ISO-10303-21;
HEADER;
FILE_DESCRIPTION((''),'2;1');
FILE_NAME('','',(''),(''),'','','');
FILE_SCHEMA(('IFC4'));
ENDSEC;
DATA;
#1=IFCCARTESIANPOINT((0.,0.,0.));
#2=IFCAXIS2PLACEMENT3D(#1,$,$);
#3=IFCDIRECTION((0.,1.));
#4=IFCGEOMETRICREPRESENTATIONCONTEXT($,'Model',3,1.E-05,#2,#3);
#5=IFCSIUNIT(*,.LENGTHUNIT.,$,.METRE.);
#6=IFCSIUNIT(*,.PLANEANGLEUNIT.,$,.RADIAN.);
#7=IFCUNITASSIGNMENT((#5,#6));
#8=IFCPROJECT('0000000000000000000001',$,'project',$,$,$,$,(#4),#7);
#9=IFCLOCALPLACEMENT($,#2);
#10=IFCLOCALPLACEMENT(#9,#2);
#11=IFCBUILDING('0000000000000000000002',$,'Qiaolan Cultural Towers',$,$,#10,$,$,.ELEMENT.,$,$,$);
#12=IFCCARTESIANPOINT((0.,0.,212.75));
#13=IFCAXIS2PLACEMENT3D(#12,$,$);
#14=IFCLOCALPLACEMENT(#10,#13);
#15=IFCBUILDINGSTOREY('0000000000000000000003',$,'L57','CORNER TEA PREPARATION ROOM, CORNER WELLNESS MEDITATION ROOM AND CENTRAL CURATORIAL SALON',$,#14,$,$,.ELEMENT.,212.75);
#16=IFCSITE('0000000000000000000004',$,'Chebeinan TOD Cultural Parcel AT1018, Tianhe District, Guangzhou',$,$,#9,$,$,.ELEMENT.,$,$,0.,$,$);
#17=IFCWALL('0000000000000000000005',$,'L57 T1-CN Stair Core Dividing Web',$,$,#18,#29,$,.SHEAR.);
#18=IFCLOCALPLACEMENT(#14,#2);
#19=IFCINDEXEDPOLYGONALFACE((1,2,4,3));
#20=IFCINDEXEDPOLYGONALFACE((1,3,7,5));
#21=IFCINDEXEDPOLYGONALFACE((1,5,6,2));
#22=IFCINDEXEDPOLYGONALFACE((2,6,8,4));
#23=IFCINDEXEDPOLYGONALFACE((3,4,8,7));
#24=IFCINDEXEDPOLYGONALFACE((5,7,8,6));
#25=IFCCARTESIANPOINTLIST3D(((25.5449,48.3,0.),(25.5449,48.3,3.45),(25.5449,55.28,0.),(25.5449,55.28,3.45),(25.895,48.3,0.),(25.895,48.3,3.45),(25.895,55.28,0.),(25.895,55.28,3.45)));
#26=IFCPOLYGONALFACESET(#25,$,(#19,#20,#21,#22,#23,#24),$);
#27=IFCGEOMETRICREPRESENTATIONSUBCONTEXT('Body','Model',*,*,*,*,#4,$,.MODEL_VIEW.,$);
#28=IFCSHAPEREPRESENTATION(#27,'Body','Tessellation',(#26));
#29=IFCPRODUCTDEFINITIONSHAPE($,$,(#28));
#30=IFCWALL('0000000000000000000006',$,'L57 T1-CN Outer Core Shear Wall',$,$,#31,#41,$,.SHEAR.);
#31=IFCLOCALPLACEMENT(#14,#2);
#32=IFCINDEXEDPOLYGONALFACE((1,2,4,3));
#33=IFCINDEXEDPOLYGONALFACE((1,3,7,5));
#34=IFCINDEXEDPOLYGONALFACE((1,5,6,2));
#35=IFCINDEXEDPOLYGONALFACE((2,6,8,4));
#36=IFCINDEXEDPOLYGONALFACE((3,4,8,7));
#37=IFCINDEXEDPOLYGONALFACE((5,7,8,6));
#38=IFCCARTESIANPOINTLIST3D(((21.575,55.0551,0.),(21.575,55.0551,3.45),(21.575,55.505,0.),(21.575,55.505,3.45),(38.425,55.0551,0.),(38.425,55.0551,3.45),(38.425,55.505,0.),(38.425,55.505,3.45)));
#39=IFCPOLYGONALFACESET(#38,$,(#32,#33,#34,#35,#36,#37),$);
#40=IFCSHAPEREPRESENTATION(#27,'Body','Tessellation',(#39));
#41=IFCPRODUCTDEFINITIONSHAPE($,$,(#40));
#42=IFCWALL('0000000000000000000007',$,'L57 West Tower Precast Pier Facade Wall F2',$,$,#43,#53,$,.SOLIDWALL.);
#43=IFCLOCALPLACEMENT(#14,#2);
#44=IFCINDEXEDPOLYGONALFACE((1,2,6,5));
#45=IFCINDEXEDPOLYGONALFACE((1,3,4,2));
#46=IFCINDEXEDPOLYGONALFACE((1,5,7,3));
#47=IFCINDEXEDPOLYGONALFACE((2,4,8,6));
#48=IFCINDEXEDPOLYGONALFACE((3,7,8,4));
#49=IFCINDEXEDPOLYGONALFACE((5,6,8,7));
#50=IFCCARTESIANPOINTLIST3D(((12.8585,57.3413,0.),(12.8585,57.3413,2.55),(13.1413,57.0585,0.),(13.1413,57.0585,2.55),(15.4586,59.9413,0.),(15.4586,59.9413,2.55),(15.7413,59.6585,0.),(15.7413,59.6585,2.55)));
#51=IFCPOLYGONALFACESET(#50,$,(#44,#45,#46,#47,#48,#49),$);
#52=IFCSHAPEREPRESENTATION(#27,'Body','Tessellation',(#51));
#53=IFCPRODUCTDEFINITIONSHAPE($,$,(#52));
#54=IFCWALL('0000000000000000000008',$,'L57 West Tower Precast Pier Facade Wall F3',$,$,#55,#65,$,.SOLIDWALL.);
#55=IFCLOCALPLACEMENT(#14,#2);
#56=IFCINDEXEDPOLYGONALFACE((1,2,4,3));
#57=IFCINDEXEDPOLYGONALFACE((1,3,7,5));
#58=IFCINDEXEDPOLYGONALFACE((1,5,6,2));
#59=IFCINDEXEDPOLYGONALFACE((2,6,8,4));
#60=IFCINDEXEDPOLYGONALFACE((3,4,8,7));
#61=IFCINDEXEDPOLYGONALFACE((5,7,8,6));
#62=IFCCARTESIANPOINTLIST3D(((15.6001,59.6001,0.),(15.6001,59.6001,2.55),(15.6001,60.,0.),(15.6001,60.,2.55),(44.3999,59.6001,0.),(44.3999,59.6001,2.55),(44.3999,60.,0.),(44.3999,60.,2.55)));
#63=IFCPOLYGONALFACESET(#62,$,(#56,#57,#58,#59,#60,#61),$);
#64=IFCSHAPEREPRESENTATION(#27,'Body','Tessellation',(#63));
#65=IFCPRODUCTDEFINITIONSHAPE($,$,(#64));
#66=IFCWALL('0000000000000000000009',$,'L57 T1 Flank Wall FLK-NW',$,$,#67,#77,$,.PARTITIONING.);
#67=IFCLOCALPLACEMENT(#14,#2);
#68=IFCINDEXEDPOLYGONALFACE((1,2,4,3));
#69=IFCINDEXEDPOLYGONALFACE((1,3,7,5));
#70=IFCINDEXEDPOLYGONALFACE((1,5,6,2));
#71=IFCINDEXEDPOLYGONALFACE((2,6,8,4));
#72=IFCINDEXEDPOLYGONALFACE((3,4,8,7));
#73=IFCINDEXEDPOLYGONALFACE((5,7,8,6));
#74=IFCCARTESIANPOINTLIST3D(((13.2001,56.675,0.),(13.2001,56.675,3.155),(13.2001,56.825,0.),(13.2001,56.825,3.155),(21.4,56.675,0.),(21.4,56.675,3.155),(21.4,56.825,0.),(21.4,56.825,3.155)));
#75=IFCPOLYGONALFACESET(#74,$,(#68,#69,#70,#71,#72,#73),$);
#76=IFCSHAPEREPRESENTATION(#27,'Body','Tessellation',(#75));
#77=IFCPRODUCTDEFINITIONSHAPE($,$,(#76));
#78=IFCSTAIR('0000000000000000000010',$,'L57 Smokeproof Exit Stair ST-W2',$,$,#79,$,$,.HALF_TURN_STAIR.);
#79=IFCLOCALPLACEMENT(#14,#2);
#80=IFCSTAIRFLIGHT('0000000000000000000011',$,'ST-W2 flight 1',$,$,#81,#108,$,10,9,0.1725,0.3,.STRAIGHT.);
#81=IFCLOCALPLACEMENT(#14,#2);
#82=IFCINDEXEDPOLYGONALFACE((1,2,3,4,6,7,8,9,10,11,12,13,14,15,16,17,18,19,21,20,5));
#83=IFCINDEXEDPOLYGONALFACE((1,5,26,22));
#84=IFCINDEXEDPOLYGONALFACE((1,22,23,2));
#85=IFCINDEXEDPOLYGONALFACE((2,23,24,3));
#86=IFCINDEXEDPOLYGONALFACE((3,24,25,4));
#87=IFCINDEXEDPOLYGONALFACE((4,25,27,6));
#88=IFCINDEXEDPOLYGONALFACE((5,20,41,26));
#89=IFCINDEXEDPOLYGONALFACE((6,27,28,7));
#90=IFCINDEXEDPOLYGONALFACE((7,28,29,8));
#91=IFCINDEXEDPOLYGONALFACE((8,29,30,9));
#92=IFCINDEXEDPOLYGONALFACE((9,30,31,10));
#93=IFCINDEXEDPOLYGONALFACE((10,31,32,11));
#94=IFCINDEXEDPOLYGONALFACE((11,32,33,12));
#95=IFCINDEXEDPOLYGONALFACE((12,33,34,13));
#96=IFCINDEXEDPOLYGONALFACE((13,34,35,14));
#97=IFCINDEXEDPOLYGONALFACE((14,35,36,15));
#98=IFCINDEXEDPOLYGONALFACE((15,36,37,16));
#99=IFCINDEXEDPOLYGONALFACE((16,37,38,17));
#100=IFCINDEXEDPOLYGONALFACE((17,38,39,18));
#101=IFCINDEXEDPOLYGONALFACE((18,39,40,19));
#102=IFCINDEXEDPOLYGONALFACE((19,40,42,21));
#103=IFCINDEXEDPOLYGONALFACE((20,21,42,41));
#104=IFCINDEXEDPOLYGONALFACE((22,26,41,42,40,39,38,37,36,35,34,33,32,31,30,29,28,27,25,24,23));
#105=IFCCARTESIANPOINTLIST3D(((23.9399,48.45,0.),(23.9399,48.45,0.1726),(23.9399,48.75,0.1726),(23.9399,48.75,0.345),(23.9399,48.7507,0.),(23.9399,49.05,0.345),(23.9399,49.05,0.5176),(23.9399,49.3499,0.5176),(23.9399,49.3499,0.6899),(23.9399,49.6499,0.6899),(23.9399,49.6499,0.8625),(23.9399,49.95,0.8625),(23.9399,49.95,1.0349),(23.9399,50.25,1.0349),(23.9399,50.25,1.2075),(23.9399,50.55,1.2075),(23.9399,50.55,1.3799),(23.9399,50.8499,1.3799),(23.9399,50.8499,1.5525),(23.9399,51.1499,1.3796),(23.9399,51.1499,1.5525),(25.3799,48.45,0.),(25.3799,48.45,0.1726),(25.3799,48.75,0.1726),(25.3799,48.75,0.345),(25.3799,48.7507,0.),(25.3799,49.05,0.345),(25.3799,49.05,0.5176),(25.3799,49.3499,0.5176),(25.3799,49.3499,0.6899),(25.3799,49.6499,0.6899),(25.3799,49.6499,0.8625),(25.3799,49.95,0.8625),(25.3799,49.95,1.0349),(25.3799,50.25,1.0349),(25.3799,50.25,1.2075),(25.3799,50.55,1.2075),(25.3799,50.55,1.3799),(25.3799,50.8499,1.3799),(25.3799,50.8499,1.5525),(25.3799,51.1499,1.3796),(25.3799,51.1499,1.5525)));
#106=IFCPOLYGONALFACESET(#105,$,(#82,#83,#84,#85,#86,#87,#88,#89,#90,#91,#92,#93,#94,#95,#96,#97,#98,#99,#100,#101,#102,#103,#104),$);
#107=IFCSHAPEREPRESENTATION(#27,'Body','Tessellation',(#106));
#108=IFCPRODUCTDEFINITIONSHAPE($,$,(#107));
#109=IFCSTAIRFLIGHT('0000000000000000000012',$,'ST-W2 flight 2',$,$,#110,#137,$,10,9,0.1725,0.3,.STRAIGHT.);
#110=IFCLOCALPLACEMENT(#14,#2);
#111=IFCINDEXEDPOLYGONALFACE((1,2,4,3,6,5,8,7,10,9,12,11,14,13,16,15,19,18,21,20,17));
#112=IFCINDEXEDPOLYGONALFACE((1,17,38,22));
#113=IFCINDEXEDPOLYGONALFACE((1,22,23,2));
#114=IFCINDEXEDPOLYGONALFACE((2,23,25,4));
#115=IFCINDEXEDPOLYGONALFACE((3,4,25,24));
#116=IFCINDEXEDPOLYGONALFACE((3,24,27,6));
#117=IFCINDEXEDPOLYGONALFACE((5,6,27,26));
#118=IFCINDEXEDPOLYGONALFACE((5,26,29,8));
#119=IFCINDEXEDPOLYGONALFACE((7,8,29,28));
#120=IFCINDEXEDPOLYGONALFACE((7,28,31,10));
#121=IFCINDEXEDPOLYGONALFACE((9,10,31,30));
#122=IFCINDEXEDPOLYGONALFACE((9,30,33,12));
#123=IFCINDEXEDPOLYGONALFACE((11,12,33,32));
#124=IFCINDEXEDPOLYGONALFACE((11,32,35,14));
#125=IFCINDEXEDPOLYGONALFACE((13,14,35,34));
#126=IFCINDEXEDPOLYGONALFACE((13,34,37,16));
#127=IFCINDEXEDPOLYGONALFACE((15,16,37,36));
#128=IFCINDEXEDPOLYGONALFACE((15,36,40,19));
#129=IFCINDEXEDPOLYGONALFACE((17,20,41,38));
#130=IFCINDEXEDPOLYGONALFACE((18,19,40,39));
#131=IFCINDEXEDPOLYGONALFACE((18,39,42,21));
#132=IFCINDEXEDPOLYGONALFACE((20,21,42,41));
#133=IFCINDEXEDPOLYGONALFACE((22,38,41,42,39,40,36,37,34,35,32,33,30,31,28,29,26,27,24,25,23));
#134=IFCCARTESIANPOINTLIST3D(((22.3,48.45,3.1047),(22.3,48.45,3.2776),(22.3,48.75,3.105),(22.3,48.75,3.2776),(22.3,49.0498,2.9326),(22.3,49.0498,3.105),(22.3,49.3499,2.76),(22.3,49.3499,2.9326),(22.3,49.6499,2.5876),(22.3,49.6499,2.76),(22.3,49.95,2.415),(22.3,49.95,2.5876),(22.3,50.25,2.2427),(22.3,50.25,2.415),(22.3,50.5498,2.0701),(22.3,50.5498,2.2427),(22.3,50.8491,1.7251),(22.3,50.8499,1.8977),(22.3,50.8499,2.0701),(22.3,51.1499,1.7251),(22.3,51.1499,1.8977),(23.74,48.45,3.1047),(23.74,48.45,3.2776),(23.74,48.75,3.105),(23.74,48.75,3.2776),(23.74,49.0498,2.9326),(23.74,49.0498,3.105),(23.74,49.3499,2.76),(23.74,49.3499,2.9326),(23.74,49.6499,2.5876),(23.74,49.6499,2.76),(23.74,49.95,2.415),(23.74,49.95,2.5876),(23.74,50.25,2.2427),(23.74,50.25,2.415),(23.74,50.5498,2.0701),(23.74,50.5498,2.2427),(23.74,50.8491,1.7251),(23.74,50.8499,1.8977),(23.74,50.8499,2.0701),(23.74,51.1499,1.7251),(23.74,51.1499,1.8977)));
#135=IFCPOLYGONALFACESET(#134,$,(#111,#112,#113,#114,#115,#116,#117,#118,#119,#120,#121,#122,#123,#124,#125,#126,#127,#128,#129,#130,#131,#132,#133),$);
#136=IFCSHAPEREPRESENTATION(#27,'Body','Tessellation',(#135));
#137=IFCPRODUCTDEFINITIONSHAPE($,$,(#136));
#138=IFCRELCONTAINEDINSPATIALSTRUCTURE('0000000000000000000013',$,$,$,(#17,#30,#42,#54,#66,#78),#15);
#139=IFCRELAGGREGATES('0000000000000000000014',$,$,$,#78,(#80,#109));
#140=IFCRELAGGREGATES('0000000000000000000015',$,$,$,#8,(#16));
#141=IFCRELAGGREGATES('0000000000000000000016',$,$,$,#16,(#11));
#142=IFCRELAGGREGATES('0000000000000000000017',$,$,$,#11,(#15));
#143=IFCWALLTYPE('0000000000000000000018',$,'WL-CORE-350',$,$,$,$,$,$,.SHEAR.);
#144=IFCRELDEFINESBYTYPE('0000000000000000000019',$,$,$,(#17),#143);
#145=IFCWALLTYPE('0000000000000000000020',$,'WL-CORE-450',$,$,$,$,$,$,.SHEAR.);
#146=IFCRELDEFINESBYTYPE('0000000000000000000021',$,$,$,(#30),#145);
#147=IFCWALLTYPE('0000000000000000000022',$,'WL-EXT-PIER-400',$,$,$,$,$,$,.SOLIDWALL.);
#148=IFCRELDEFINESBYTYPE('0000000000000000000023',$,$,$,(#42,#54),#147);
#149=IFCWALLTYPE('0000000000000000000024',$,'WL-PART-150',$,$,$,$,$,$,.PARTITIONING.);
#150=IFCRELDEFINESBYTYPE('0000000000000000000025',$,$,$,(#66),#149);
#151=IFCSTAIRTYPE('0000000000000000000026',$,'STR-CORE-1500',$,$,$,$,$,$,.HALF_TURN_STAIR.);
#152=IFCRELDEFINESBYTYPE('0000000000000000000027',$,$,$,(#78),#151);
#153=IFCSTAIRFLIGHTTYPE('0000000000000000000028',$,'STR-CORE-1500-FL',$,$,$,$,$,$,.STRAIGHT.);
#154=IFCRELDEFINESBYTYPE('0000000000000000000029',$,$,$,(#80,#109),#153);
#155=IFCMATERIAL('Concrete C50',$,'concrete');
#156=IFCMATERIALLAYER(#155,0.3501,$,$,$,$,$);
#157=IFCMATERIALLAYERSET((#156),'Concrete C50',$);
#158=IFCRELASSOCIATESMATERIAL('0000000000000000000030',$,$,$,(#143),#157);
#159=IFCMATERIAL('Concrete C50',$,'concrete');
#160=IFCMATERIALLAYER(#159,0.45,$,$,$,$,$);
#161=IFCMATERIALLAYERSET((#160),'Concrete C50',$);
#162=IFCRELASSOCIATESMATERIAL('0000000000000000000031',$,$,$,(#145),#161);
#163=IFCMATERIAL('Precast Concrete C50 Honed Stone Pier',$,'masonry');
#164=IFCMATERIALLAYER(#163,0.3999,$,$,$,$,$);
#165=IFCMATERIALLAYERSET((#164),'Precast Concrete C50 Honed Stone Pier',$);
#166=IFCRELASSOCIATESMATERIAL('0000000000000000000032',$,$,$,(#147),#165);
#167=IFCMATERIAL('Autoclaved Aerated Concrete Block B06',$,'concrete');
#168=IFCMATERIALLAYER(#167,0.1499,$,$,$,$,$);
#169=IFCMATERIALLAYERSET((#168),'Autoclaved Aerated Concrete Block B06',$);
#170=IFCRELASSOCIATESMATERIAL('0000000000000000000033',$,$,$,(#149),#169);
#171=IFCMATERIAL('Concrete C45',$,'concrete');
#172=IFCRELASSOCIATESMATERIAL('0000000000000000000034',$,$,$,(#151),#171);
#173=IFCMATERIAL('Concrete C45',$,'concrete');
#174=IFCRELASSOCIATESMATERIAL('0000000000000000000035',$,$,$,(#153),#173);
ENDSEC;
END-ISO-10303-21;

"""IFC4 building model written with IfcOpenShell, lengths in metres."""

from ifc_helpers import new_model, si_unit, direction, frame, frame_2d, origin, place, context, subcontext, project, spatial, polyline, rectangle, outline, extrude, material, layer, layer_set, type_object, element, aggregate, save


model = new_model("IFC4")

# Units and contexts
model_context = context("Model", 3, precision=1e-05, world=origin(), true_north=direction((0.0, 1.0)))
body_context = subcontext(model_context, "Body", "Model", "MODEL_VIEW")
ifc_project = project(units=[si_unit("LENGTHUNIT", "METRE"), si_unit("PLANEANGLEUNIT", "RADIAN")], contexts=[model_context])

# Site, building, storey
site_placement = place(None, origin())
site = spatial("IfcSite", under=ifc_project, at=site_placement, Name="Chebeinan TOD Cultural Parcel AT1018, Tianhe District, Guangzhou", CompositionType="ELEMENT", RefElevation=0.0)
building_placement = place(site_placement, origin())
building = spatial("IfcBuilding", under=site, at=building_placement, Name="Qiaolan Cultural Towers", CompositionType="ELEMENT")
storey_placement = place(building_placement, frame((0.0, 0.0, 212.75)))
storey = spatial("IfcBuildingStorey", under=building, at=storey_placement, Name="L57", Description="CORNER TEA PREPARATION ROOM, CORNER WELLNESS MEDITATION ROOM AND CENTRAL CURATORIAL SALON", CompositionType="ELEMENT", Elevation=212.75)

# Walls
ifc_material_1 = material(Name="Concrete C50", Category="concrete")
ifc_layer_1 = layer(ifc_material_1, 0.3501)
ifc_layer_set_1 = layer_set([ifc_layer_1], Name="Concrete C50")
wall_type_1 = type_object("IfcWallType", Name="WL-CORE-350", PredefinedType="SHEAR", material=ifc_layer_set_1)
wall_1_placement = place(storey_placement, frame((25.72, 48.3, 0.0), z_axis=(0.0, 0.0, 1.0), x_axis=(0.0, 1.0, 0.0)))
element("IfcWall", 1, at=wall_1_placement, inside=storey, type_object=wall_type_1, Name="L57 T1-CN Stair Core Dividing Web", PredefinedType="SHEAR", context=body_context, shape_type="SweptSolid", body=[
    extrude(rectangle(XDim=6.98, YDim=0.3501, at=frame_2d((3.49, 0.0))), origin(), (0.0, 0.0, 1.0), 3.45),
])
ifc_material_2 = material(Name="Concrete C50", Category="concrete")
ifc_layer_2 = layer(ifc_material_2, 0.45)
ifc_layer_set_2 = layer_set([ifc_layer_2], Name="Concrete C50")
wall_type_2 = type_object("IfcWallType", Name="WL-CORE-450", PredefinedType="SHEAR", material=ifc_layer_set_2)
wall_2_placement = place(storey_placement, frame((21.575, 55.28, 0.0), z_axis=(0.0, 0.0, 1.0), x_axis=(1.0, 0.0, 0.0)))
element("IfcWall", 2, at=wall_2_placement, inside=storey, type_object=wall_type_2, Name="L57 T1-CN Outer Core Shear Wall", PredefinedType="SHEAR", context=body_context, shape_type="SweptSolid", body=[
    extrude(rectangle(XDim=16.8501, YDim=0.45, at=frame_2d((8.425, 0.0))), origin(), (0.0, 0.0, 1.0), 3.45),
])
ifc_material_3 = material(Name="Precast Concrete C50 Honed Stone Pier", Category="masonry")
ifc_layer_3 = layer(ifc_material_3, 0.3999)
ifc_layer_set_3 = layer_set([ifc_layer_3], Name="Precast Concrete C50 Honed Stone Pier")
wall_type_3 = type_object("IfcWallType", Name="WL-EXT-PIER-400", PredefinedType="SOLIDWALL", material=ifc_layer_set_3)
wall_3_placement = place(storey_placement, frame((13.0, 57.2, 0.0), z_axis=(0.0, 0.0, 1.0), x_axis=(0.707107, 0.707107, 0.0)))
element("IfcWall", 3, at=wall_3_placement, inside=storey, type_object=wall_type_3, Name="L57 West Tower Precast Pier Facade Wall F2", PredefinedType="SOLIDWALL", context=body_context, shape_type="SweptSolid", body=[
    extrude(rectangle(XDim=3.677, YDim=0.3999, at=frame_2d((1.8384, 0.0))), origin(), (0.0, 0.0, 1.0), 2.55),
])
wall_4_placement = place(storey_placement, frame((15.6001, 59.8, 0.0), z_axis=(0.0, 0.0, 1.0), x_axis=(1.0, 0.0, 0.0)))
element("IfcWall", 4, at=wall_4_placement, inside=storey, type_object=wall_type_3, Name="L57 West Tower Precast Pier Facade Wall F3", PredefinedType="SOLIDWALL", context=body_context, shape_type="SweptSolid", body=[
    extrude(rectangle(XDim=28.7998, YDim=0.3999, at=frame_2d((14.3999, 0.0))), origin(), (0.0, 0.0, 1.0), 2.55),
])
ifc_material_4 = material(Name="Autoclaved Aerated Concrete Block B06", Category="concrete")
ifc_layer_4 = layer(ifc_material_4, 0.1499)
ifc_layer_set_4 = layer_set([ifc_layer_4], Name="Autoclaved Aerated Concrete Block B06")
wall_type_4 = type_object("IfcWallType", Name="WL-PART-150", PredefinedType="PARTITIONING", material=ifc_layer_set_4)
wall_5_placement = place(storey_placement, frame((13.2, 56.75, 0.0), z_axis=(0.0, 0.0, 1.0), x_axis=(1.0, 0.0, 0.0)))
element("IfcWall", 5, at=wall_5_placement, inside=storey, type_object=wall_type_4, Name="L57 T1 Flank Wall FLK-NW", PredefinedType="PARTITIONING", context=body_context, shape_type="SweptSolid", body=[
    extrude(rectangle(XDim=8.2, YDim=0.1499, at=frame_2d((4.1001, 0.0))), origin(), (0.0, 0.0, 1.0), 3.155),
])

# Stair, stair flights
ifc_material_5 = material(Name="Concrete C45", Category="concrete")
stair_type = type_object("IfcStairType", Name="STR-CORE-1500", PredefinedType="HALF_TURN_STAIR", material=ifc_material_5)
stair_placement = place(storey_placement, origin())
stair = element("IfcStair", 6, at=stair_placement, inside=storey, type_object=stair_type, Name="L57 Smokeproof Exit Stair ST-W2", PredefinedType="HALF_TURN_STAIR")
ifc_material_6 = material(Name="Concrete C45", Category="concrete")
stair_flight_type = type_object("IfcStairFlightType", Name="STR-CORE-1500-FL", PredefinedType="STRAIGHT", material=ifc_material_6)
stair_flight_1_placement = place(storey_placement, frame((24.6599, 48.45, 0.0), z_axis=(0.0, 0.0, 1.0), x_axis=(0.0, 1.0, 0.0)))
stair_flight_1 = element("IfcStairFlight", 7, at=stair_flight_1_placement, type_object=stair_flight_type, Name="ST-W2 flight 1", NumberOfRisers=10, NumberOfTreads=9, PredefinedType="STRAIGHT", RiserHeight=0.1725, TreadLength=0.3, context=body_context, shape_type="SweptSolid", body=[
    extrude(outline(polyline([(0.0, 0.0), (0.0, 0.1726), (0.3, 0.1726), (0.3, 0.345), (0.6001, 0.345), (0.6001, 0.5176), (0.8999, 0.5176), (0.8999, 0.6899), (1.2, 0.6899), (1.2, 0.8625), (1.5, 0.8625), (1.5, 1.0349), (1.8, 1.0349), (1.8, 1.2075), (2.1001, 1.2075), (2.1001, 1.3799), (2.3999, 1.3799), (2.3999, 1.5525), (2.7, 1.5525), (2.7, 1.7251), (2.7, 1.3796), (0.3008, 0.0), (0.0, 0.0)])), frame((0.0, 0.72, 0.0), z_axis=(0.0, -1.0, 0.0), x_axis=(1.0, 0.0, 0.0)), (0.0, 0.0, 1.0), 1.4399),
])
stair_flight_2_placement = place(storey_placement, frame((23.02, 51.1499, 1.7251), z_axis=(0.0, 0.0, 1.0), x_axis=(0.0, -1.0, 0.0)))
stair_flight_2 = element("IfcStairFlight", 8, at=stair_flight_2_placement, type_object=stair_flight_type, Name="ST-W2 flight 2", NumberOfRisers=10, NumberOfTreads=9, PredefinedType="STRAIGHT", RiserHeight=0.1725, TreadLength=0.3, context=body_context, shape_type="SweptSolid", body=[
    extrude(outline(polyline([(0.0, 0.0), (0.0, 0.1726), (0.3, 0.1726), (0.3, 0.345), (0.6001, 0.345), (0.6001, 0.5176), (0.8999, 0.5176), (0.8999, 0.6899), (1.2, 0.6899), (1.2, 0.8625), (1.5, 0.8625), (1.5, 1.0349), (1.8, 1.0349), (1.8, 1.2075), (2.1001, 1.2075), (2.1001, 1.3799), (2.3999, 1.3799), (2.3999, 1.5525), (2.7, 1.5525), (2.7, 1.7251), (2.7, 1.3796), (0.3008, 0.0), (0.0, 0.0)])), frame((0.0, 0.72, 0.0), z_axis=(0.0, -1.0, 0.0), x_axis=(1.0, 0.0, 0.0)), (0.0, 0.0, 1.0), 1.4399),
])
aggregate(stair, [stair_flight_1, stair_flight_2])

save(model, "model.ifc")
